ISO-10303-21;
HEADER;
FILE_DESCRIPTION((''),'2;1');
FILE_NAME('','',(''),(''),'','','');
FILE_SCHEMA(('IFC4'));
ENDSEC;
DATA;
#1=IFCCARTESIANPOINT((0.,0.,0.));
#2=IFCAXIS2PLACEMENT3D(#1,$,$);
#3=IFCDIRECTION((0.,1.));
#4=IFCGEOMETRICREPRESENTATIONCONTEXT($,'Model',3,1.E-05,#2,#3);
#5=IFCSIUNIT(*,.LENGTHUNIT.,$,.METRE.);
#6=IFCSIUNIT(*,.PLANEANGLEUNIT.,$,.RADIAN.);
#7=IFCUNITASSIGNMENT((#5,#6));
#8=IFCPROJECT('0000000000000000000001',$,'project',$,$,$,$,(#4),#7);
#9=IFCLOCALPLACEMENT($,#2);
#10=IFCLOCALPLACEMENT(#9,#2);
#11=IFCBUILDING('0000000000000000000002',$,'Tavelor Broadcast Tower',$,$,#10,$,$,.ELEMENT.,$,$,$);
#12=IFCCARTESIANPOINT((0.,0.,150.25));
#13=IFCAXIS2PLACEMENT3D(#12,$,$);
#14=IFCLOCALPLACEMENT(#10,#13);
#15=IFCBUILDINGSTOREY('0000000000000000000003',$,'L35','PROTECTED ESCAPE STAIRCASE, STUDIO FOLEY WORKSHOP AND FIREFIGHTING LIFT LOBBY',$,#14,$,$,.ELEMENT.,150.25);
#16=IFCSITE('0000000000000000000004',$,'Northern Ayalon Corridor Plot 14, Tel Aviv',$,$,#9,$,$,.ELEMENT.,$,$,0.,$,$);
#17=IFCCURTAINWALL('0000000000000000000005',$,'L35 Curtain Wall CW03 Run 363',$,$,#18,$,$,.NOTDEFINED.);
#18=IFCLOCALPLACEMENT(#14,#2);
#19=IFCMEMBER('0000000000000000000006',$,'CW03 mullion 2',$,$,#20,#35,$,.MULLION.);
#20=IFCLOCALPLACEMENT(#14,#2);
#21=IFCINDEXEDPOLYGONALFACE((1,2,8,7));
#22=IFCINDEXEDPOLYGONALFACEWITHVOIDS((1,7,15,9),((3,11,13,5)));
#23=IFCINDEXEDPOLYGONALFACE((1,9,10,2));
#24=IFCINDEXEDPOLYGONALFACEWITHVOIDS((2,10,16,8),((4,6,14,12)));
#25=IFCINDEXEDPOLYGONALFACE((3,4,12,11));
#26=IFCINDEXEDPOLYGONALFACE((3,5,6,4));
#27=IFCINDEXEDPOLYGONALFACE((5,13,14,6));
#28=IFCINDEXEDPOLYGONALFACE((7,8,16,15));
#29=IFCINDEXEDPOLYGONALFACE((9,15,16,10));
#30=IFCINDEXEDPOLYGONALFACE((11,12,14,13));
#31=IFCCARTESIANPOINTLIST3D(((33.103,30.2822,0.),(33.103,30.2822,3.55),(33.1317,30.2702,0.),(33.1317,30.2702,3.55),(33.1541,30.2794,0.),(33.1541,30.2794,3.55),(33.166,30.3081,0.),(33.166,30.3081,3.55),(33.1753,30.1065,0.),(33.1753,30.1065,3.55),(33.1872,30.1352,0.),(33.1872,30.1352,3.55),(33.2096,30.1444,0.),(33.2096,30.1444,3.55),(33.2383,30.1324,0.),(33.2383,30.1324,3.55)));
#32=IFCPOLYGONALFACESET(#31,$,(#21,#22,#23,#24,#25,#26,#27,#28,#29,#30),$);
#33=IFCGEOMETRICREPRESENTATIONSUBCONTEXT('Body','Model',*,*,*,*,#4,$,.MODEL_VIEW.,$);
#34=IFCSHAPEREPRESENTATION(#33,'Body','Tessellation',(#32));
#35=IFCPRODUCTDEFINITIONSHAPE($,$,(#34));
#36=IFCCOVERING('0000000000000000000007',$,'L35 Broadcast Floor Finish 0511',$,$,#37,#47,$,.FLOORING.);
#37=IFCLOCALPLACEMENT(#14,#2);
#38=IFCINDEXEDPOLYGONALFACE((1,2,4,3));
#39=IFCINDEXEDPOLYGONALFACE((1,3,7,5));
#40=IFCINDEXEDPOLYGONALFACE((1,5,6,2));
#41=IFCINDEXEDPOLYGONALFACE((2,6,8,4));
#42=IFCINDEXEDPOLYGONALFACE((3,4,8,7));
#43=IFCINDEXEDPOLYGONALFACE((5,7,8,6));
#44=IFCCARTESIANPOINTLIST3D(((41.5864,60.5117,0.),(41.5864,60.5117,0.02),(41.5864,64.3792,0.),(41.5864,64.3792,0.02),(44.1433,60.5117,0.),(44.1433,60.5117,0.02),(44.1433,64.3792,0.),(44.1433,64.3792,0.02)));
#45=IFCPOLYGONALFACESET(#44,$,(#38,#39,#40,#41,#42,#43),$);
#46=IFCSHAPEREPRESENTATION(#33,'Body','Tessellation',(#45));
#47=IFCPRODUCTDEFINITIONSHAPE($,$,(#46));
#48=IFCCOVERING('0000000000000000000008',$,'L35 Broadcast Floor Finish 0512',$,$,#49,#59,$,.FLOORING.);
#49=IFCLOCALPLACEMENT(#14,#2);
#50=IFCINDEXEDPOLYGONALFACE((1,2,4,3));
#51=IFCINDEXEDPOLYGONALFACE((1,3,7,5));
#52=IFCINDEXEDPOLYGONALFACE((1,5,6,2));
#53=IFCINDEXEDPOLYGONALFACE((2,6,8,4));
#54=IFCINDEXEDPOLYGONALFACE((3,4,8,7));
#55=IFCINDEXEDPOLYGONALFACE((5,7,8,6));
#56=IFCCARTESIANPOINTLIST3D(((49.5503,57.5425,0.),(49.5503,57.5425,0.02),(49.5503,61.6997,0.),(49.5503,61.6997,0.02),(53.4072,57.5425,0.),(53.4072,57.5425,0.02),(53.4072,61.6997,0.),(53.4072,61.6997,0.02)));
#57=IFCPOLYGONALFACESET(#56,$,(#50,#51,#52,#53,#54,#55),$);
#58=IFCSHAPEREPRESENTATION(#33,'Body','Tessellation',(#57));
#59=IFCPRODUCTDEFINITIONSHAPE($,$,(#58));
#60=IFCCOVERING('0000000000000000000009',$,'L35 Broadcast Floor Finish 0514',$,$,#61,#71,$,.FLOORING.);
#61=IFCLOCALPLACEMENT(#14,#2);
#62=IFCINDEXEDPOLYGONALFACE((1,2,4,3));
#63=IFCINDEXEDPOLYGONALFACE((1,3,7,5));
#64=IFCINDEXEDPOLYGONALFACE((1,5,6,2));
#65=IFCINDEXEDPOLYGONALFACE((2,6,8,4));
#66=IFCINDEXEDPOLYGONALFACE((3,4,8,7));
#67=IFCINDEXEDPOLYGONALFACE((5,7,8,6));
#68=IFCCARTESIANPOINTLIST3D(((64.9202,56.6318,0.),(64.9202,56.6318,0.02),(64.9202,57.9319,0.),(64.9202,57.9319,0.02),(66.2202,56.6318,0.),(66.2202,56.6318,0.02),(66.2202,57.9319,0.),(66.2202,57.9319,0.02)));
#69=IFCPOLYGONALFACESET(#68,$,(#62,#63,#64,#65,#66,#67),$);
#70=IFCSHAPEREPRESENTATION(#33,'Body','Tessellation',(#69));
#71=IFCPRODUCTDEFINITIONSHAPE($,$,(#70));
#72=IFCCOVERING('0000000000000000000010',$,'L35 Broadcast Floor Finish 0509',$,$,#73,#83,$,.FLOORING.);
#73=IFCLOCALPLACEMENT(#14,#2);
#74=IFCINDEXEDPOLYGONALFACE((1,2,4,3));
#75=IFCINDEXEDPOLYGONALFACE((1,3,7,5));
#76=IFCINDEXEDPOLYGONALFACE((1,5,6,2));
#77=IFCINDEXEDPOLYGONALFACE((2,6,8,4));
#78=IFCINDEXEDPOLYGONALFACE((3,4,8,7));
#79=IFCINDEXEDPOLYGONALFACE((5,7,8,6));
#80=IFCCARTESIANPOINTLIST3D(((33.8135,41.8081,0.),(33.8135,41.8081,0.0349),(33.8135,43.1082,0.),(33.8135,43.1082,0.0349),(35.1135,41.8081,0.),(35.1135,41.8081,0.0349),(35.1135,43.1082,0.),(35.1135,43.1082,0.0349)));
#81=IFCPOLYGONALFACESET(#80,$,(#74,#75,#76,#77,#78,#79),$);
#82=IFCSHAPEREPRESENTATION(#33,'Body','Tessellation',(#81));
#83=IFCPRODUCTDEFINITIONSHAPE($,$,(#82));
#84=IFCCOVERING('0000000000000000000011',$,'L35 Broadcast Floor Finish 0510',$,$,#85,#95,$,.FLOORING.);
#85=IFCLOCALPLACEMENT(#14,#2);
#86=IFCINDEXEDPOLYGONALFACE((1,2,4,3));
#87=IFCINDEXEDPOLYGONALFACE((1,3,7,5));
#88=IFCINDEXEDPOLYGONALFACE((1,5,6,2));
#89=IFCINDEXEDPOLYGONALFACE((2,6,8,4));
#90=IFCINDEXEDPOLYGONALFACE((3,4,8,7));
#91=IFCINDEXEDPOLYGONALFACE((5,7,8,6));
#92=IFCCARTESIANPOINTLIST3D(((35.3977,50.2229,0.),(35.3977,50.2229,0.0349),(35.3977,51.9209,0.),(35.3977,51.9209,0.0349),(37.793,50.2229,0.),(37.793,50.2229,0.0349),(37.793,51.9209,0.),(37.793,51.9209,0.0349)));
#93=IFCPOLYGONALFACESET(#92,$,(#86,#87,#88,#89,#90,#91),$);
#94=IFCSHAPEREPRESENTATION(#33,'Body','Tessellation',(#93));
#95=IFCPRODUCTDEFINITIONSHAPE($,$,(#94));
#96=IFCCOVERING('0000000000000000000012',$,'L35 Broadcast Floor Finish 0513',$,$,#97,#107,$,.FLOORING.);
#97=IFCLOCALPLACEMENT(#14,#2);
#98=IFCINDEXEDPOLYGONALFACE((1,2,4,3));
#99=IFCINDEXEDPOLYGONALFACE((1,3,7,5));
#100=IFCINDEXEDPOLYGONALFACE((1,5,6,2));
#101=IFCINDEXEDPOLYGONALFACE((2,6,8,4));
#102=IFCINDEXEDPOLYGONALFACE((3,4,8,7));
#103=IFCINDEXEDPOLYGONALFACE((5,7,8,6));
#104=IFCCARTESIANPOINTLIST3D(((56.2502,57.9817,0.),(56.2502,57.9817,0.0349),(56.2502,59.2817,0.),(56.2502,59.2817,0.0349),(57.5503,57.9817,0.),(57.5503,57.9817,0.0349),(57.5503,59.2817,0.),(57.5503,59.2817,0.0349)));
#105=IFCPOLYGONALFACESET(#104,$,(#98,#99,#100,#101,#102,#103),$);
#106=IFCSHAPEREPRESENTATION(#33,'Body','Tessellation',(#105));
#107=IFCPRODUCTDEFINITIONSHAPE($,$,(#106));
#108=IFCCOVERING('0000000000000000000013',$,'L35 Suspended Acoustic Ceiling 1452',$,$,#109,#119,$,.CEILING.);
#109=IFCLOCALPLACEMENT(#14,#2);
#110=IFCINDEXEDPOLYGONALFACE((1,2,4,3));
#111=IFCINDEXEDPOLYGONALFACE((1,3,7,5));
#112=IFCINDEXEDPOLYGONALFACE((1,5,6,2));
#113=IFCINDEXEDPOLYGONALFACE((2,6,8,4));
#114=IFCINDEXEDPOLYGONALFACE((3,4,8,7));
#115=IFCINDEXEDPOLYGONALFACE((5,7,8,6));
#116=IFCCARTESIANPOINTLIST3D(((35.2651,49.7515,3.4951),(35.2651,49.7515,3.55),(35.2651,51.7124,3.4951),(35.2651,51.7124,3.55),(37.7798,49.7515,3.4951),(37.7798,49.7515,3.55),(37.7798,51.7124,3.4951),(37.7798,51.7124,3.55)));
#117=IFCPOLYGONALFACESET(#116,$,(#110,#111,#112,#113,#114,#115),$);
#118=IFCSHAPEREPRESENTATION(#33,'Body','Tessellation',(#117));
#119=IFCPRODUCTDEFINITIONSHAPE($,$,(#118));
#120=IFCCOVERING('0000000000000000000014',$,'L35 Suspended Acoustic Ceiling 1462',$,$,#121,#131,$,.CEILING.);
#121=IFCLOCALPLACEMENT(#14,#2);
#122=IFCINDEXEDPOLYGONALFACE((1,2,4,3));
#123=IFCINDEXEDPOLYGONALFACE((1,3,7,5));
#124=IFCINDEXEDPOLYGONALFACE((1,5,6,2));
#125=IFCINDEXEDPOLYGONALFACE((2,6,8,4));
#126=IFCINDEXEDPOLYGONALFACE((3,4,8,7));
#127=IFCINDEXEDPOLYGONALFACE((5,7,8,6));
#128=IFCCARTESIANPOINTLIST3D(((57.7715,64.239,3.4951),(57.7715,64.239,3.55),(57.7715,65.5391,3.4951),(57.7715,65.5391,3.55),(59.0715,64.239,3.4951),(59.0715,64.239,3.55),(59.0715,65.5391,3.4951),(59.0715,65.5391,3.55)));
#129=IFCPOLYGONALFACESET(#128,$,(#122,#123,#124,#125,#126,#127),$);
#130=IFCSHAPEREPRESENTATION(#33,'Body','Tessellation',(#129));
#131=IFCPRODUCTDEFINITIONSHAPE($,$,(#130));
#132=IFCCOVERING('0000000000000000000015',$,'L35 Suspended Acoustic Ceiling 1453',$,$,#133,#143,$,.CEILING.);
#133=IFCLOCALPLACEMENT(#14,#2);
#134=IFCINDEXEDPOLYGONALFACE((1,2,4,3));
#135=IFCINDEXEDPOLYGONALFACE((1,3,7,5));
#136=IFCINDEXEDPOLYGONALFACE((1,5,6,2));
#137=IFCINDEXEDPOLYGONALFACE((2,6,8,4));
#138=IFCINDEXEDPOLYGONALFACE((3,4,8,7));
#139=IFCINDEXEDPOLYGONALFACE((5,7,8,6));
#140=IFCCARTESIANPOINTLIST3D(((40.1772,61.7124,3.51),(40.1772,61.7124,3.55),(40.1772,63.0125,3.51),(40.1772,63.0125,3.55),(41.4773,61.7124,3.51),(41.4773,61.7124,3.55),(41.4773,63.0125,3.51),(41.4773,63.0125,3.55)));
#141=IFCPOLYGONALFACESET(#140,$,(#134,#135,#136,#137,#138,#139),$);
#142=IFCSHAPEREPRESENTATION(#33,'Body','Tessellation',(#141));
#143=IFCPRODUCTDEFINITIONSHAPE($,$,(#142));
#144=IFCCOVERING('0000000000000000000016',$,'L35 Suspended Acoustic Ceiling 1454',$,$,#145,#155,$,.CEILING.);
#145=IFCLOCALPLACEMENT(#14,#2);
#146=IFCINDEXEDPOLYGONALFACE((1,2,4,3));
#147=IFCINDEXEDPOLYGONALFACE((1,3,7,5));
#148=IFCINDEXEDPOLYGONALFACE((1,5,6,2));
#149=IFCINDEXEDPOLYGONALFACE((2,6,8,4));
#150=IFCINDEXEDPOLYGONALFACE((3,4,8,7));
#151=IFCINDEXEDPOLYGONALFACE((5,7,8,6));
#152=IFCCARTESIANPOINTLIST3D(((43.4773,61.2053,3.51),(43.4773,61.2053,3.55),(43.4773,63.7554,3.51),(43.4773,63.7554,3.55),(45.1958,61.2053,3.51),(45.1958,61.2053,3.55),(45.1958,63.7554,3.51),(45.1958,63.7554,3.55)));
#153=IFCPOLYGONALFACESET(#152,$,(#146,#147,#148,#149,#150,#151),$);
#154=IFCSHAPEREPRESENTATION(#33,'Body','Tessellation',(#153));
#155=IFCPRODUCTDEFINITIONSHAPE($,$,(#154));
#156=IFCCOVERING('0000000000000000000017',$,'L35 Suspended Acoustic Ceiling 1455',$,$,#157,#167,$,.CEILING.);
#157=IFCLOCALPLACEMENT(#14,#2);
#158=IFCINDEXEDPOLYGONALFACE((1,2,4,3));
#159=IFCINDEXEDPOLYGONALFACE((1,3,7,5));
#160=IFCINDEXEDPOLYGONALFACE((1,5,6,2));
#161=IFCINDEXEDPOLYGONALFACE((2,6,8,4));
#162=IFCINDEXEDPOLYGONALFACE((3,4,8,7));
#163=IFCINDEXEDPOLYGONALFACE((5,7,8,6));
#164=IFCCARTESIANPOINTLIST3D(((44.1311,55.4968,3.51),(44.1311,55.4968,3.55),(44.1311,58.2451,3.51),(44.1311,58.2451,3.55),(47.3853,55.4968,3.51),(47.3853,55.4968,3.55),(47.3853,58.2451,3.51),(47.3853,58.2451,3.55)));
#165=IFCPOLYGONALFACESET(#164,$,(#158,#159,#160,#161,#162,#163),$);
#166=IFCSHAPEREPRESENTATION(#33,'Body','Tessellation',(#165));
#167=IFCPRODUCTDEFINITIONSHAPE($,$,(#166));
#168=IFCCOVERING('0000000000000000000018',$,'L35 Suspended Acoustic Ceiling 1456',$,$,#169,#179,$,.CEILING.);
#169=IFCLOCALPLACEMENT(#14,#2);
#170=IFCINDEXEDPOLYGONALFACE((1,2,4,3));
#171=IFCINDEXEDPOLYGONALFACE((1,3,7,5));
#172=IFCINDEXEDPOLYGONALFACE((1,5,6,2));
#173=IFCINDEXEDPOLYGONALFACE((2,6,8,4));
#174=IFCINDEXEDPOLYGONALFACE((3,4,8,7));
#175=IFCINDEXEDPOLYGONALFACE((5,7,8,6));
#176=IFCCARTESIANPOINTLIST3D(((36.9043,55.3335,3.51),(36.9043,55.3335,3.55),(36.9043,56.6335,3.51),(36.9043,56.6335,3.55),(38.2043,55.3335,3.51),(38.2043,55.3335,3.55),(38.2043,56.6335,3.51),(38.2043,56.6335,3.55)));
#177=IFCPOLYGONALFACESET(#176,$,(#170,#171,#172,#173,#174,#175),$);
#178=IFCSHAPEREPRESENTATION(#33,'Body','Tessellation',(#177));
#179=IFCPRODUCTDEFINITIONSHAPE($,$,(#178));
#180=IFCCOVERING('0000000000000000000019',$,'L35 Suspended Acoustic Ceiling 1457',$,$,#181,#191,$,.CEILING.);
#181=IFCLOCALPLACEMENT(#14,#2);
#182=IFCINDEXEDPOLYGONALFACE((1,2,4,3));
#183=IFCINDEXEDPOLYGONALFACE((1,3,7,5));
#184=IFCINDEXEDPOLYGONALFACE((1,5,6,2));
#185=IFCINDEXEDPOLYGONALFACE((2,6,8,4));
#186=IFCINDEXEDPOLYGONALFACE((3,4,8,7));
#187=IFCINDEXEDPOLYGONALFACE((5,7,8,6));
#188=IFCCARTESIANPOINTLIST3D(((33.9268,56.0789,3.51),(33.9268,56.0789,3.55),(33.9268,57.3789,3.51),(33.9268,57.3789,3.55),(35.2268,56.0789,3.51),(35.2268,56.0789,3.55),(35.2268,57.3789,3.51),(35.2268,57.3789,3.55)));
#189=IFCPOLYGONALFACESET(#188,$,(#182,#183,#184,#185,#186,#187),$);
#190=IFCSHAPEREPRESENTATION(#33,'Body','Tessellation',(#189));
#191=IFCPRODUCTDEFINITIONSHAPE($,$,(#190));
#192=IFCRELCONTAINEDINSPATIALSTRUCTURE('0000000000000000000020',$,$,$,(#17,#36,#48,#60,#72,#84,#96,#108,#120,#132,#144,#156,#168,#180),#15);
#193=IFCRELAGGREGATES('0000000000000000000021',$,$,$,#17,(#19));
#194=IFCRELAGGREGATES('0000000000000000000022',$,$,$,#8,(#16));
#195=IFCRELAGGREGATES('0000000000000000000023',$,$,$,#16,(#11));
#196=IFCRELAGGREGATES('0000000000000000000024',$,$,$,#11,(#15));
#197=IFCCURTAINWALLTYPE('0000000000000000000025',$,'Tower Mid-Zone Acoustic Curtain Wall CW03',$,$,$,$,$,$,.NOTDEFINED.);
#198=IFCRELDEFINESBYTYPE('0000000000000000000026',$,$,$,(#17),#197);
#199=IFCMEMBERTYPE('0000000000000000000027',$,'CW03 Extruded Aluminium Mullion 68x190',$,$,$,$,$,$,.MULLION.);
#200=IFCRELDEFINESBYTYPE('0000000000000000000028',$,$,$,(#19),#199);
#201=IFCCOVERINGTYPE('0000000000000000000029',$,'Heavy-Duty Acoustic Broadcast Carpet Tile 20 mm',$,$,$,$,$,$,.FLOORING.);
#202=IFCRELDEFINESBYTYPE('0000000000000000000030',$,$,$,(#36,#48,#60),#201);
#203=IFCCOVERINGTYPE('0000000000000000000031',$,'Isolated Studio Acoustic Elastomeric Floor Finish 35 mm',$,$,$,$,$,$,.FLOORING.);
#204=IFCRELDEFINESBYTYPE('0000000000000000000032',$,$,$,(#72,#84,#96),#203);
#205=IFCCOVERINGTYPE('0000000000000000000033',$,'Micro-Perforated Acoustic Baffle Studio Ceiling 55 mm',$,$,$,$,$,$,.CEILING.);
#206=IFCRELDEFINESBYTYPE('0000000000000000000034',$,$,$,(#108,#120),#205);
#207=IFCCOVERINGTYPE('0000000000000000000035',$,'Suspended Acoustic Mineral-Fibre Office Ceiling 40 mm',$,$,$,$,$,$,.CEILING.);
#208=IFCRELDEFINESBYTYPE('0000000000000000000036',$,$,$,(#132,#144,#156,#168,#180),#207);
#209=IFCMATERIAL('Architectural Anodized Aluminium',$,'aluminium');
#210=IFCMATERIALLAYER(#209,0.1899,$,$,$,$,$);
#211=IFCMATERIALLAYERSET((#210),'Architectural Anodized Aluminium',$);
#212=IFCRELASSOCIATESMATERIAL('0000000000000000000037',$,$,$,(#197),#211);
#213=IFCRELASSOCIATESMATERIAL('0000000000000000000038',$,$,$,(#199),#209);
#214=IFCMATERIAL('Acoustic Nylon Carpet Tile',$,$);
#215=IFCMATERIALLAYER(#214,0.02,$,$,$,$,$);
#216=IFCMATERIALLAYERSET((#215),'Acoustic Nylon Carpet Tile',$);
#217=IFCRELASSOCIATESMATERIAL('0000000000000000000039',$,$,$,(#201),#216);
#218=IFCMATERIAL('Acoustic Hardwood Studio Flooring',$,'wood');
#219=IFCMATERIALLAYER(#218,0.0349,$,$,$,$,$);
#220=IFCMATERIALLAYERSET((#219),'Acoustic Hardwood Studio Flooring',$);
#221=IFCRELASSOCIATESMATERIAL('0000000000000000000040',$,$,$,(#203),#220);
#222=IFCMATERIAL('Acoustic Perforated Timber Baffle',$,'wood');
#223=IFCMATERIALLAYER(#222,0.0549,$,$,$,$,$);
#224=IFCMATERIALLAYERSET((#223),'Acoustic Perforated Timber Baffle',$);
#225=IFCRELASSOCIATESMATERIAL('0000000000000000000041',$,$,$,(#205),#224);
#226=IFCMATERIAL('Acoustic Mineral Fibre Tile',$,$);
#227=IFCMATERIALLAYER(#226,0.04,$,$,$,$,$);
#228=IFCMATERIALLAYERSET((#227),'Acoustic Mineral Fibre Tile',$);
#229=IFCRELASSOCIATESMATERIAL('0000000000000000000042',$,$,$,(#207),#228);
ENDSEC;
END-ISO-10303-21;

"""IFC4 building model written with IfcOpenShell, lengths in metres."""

from ifc_helpers import new_model, si_unit, direction, frame, origin, origin_2d, place, context, subcontext, project, spatial, polyline, hollow_rectangle, outline, extrude, source, transform, mapped, material, layer, layer_set, material_profile, profile_set, type_object, type_shapes, element, aggregate, save


model = new_model("IFC4")

# Units and contexts
model_context = context("Model", 3, precision=1e-05, world=origin(), true_north=direction((0.0, 1.0)))
body_context = subcontext(model_context, "Body", "Model", "MODEL_VIEW")
ifc_project = project(units=[si_unit("LENGTHUNIT", "METRE"), si_unit("PLANEANGLEUNIT", "RADIAN")], contexts=[model_context])

# Site, building, storey
site_placement = place(None, origin())
site = spatial("IfcSite", under=ifc_project, at=site_placement, Name="Northern Ayalon Corridor Plot 14, Tel Aviv", CompositionType="ELEMENT", RefElevation=0.0)
building_placement = place(site_placement, origin())
building = spatial("IfcBuilding", under=site, at=building_placement, Name="Tavelor Broadcast Tower", CompositionType="ELEMENT")
storey_placement = place(building_placement, frame((0.0, 0.0, 150.25)))
storey = spatial("IfcBuildingStorey", under=building, at=storey_placement, Name="L35", Description="PROTECTED ESCAPE STAIRCASE, STUDIO FOLEY WORKSHOP AND FIREFIGHTING LIFT LOBBY", CompositionType="ELEMENT", Elevation=150.25)

# Curtain wall, member
ifc_material_1 = material(Name="Architectural Anodized Aluminium", Category="aluminium")
ifc_layer_1 = layer(ifc_material_1, 0.1899)
ifc_layer_set_1 = layer_set([ifc_layer_1], Name="Architectural Anodized Aluminium")
curtain_wall_type = type_object("IfcCurtainWallType", Name="Tower Mid-Zone Acoustic Curtain Wall CW03", PredefinedType="NOTDEFINED", material=ifc_layer_set_1)
curtain_wall_placement = place(storey_placement, origin())
curtain_wall = element("IfcCurtainWall", 1, at=curtain_wall_placement, inside=storey, type_object=curtain_wall_type, Name="L35 Curtain Wall CW03 Run 363", PredefinedType="NOTDEFINED")
ifc_material_profile = material_profile(ifc_material_1, hollow_rectangle(XDim=0.0681, YDim=0.1899, WallThickness=0.022, at=origin_2d()), Name="RHS 68x190x22")
ifc_profile_set = profile_set([ifc_material_profile], Name="Architectural Anodized Aluminium")
member_type = type_object("IfcMemberType", Name="CW03 Extruded Aluminium Mullion 68x190", PredefinedType="MULLION", material=ifc_profile_set)
shared_shape_1 = source(origin(), body_context, "Body", "SweptSolid", [
    extrude(hollow_rectangle(XDim=0.0681, YDim=0.1899, WallThickness=0.022, at=origin_2d()), origin(), (0.0, 0.0, 1.0), 3.55),
])
type_shapes(member_type, [shared_shape_1])
member_placement = place(storey_placement, frame((33.1707, 30.2073, 0.0), z_axis=(0.0, 0.0, 1.0), x_axis=(0.924839, 0.380358, 0.0)))
member = element("IfcMember", 2, at=member_placement, type_object=member_type, Name="CW03 mullion 2", PredefinedType="MULLION", context=body_context, shape_type="MappedRepresentation", body=[
    mapped(shared_shape_1, transform((0.0, 0.0, 0.0), scale=1.0)),
])
aggregate(curtain_wall, [member])

# Coverings
ifc_material_2 = material(Name="Acoustic Nylon Carpet Tile")
ifc_layer_2 = layer(ifc_material_2, 0.02)
ifc_layer_set_2 = layer_set([ifc_layer_2], Name="Acoustic Nylon Carpet Tile")
covering_type_1 = type_object("IfcCoveringType", Name="Heavy-Duty Acoustic Broadcast Carpet Tile 20 mm", PredefinedType="FLOORING", material=ifc_layer_set_2)
covering_1_placement = place(storey_placement, origin())
element("IfcCovering", 3, at=covering_1_placement, inside=storey, type_object=covering_type_1, Name="L35 Broadcast Floor Finish 0511", PredefinedType="FLOORING", context=body_context, shape_type="SweptSolid", body=[
    extrude(outline(polyline([(41.5864, 60.5117), (44.1433, 60.5117), (44.1433, 64.3792), (41.5864, 64.3792), (41.5864, 60.5117)])), origin(), (0.0, 0.0, 1.0), 0.02),
])
covering_2_placement = place(storey_placement, origin())
element("IfcCovering", 4, at=covering_2_placement, inside=storey, type_object=covering_type_1, Name="L35 Broadcast Floor Finish 0512", PredefinedType="FLOORING", context=body_context, shape_type="SweptSolid", body=[
    extrude(outline(polyline([(49.5503, 57.5425), (53.4072, 57.5425), (53.4072, 61.6997), (49.5503, 61.6997), (49.5503, 57.5425)])), origin(), (0.0, 0.0, 1.0), 0.02),
])
covering_3_placement = place(storey_placement, origin())
element("IfcCovering", 5, at=covering_3_placement, inside=storey, type_object=covering_type_1, Name="L35 Broadcast Floor Finish 0514", PredefinedType="FLOORING", context=body_context, shape_type="SweptSolid", body=[
    extrude(outline(polyline([(64.9202, 56.6318), (66.2202, 56.6318), (66.2202, 57.9319), (64.9202, 57.9319), (64.9202, 56.6318)])), origin(), (0.0, 0.0, 1.0), 0.02),
])
ifc_material_3 = material(Name="Acoustic Hardwood Studio Flooring", Category="wood")
ifc_layer_3 = layer(ifc_material_3, 0.0349)
ifc_layer_set_3 = layer_set([ifc_layer_3], Name="Acoustic Hardwood Studio Flooring")
covering_type_2 = type_object("IfcCoveringType", Name="Isolated Studio Acoustic Elastomeric Floor Finish 35 mm", PredefinedType="FLOORING", material=ifc_layer_set_3)
covering_4_placement = place(storey_placement, origin())
element("IfcCovering", 6, at=covering_4_placement, inside=storey, type_object=covering_type_2, Name="L35 Broadcast Floor Finish 0509", PredefinedType="FLOORING", context=body_context, shape_type="SweptSolid", body=[
    extrude(outline(polyline([(33.8135, 41.8081), (35.1135, 41.8081), (35.1135, 43.1082), (33.8135, 43.1082), (33.8135, 41.8081)])), origin(), (0.0, 0.0, 1.0), 0.0349),
])
covering_5_placement = place(storey_placement, origin())
element("IfcCovering", 7, at=covering_5_placement, inside=storey, type_object=covering_type_2, Name="L35 Broadcast Floor Finish 0510", PredefinedType="FLOORING", context=body_context, shape_type="SweptSolid", body=[
    extrude(outline(polyline([(35.3977, 50.2229), (37.793, 50.2229), (37.793, 51.9209), (35.3977, 51.9209), (35.3977, 50.2229)])), origin(), (0.0, 0.0, 1.0), 0.0349),
])
covering_6_placement = place(storey_placement, origin())
element("IfcCovering", 8, at=covering_6_placement, inside=storey, type_object=covering_type_2, Name="L35 Broadcast Floor Finish 0513", PredefinedType="FLOORING", context=body_context, shape_type="SweptSolid", body=[
    extrude(outline(polyline([(56.2502, 57.9817), (57.5503, 57.9817), (57.5503, 59.2817), (56.2502, 59.2817), (56.2502, 57.9817)])), origin(), (0.0, 0.0, 1.0), 0.0349),
])
ifc_material_4 = material(Name="Acoustic Perforated Timber Baffle", Category="wood")
ifc_layer_4 = layer(ifc_material_4, 0.0549)
ifc_layer_set_4 = layer_set([ifc_layer_4], Name="Acoustic Perforated Timber Baffle")
covering_type_3 = type_object("IfcCoveringType", Name="Micro-Perforated Acoustic Baffle Studio Ceiling 55 mm", PredefinedType="CEILING", material=ifc_layer_set_4)
covering_7_placement = place(storey_placement, frame((0.0, 0.0, 3.4951)))
element("IfcCovering", 9, at=covering_7_placement, inside=storey, type_object=covering_type_3, Name="L35 Suspended Acoustic Ceiling 1452", PredefinedType="CEILING", context=body_context, shape_type="SweptSolid", body=[
    extrude(outline(polyline([(35.2651, 49.7515), (37.7798, 49.7515), (37.7798, 51.7124), (35.2651, 51.7124), (35.2651, 49.7515)])), origin(), (0.0, 0.0, 1.0), 0.0549),
])
covering_8_placement = place(storey_placement, frame((0.0, 0.0, 3.4951)))
element("IfcCovering", 10, at=covering_8_placement, inside=storey, type_object=covering_type_3, Name="L35 Suspended Acoustic Ceiling 1462", PredefinedType="CEILING", context=body_context, shape_type="SweptSolid", body=[
    extrude(outline(polyline([(57.7715, 64.239), (59.0715, 64.239), (59.0715, 65.5391), (57.7715, 65.5391), (57.7715, 64.239)])), origin(), (0.0, 0.0, 1.0), 0.0549),
])
ifc_material_5 = material(Name="Acoustic Mineral Fibre Tile")
ifc_layer_5 = layer(ifc_material_5, 0.04)
ifc_layer_set_5 = layer_set([ifc_layer_5], Name="Acoustic Mineral Fibre Tile")
covering_type_4 = type_object("IfcCoveringType", Name="Suspended Acoustic Mineral-Fibre Office Ceiling 40 mm", PredefinedType="CEILING", material=ifc_layer_set_5)
covering_9_placement = place(storey_placement, frame((0.0, 0.0, 3.51)))
element("IfcCovering", 11, at=covering_9_placement, inside=storey, type_object=covering_type_4, Name="L35 Suspended Acoustic Ceiling 1453", PredefinedType="CEILING", context=body_context, shape_type="SweptSolid", body=[
    extrude(outline(polyline([(40.1772, 61.7124), (41.4773, 61.7124), (41.4773, 63.0125), (40.1772, 63.0125), (40.1772, 61.7124)])), origin(), (0.0, 0.0, 1.0), 0.04),
])
covering_10_placement = place(storey_placement, frame((0.0, 0.0, 3.51)))
element("IfcCovering", 12, at=covering_10_placement, inside=storey, type_object=covering_type_4, Name="L35 Suspended Acoustic Ceiling 1454", PredefinedType="CEILING", context=body_context, shape_type="SweptSolid", body=[
    extrude(outline(polyline([(43.4773, 61.2053), (45.1958, 61.2053), (45.1958, 63.7554), (43.4773, 63.7554), (43.4773, 61.2053)])), origin(), (0.0, 0.0, 1.0), 0.04),
])
covering_11_placement = place(storey_placement, frame((0.0, 0.0, 3.51)))
element("IfcCovering", 13, at=covering_11_placement, inside=storey, type_object=covering_type_4, Name="L35 Suspended Acoustic Ceiling 1455", PredefinedType="CEILING", context=body_context, shape_type="SweptSolid", body=[
    extrude(outline(polyline([(44.1311, 55.4968), (47.3853, 55.4968), (47.3853, 58.2451), (44.1311, 58.2451), (44.1311, 55.4968)])), origin(), (0.0, 0.0, 1.0), 0.04),
])
covering_12_placement = place(storey_placement, frame((0.0, 0.0, 3.51)))
element("IfcCovering", 14, at=covering_12_placement, inside=storey, type_object=covering_type_4, Name="L35 Suspended Acoustic Ceiling 1456", PredefinedType="CEILING", context=body_context, shape_type="SweptSolid", body=[
    extrude(outline(polyline([(36.9043, 55.3335), (38.2043, 55.3335), (38.2043, 56.6335), (36.9043, 56.6335), (36.9043, 55.3335)])), origin(), (0.0, 0.0, 1.0), 0.04),
])
covering_13_placement = place(storey_placement, frame((0.0, 0.0, 3.51)))
element("IfcCovering", 15, at=covering_13_placement, inside=storey, type_object=covering_type_4, Name="L35 Suspended Acoustic Ceiling 1457", PredefinedType="CEILING", context=body_context, shape_type="SweptSolid", body=[
    extrude(outline(polyline([(33.9268, 56.0789), (35.2268, 56.0789), (35.2268, 57.3789), (33.9268, 57.3789), (33.9268, 56.0789)])), origin(), (0.0, 0.0, 1.0), 0.04),
])

save(model, "model.ifc")
